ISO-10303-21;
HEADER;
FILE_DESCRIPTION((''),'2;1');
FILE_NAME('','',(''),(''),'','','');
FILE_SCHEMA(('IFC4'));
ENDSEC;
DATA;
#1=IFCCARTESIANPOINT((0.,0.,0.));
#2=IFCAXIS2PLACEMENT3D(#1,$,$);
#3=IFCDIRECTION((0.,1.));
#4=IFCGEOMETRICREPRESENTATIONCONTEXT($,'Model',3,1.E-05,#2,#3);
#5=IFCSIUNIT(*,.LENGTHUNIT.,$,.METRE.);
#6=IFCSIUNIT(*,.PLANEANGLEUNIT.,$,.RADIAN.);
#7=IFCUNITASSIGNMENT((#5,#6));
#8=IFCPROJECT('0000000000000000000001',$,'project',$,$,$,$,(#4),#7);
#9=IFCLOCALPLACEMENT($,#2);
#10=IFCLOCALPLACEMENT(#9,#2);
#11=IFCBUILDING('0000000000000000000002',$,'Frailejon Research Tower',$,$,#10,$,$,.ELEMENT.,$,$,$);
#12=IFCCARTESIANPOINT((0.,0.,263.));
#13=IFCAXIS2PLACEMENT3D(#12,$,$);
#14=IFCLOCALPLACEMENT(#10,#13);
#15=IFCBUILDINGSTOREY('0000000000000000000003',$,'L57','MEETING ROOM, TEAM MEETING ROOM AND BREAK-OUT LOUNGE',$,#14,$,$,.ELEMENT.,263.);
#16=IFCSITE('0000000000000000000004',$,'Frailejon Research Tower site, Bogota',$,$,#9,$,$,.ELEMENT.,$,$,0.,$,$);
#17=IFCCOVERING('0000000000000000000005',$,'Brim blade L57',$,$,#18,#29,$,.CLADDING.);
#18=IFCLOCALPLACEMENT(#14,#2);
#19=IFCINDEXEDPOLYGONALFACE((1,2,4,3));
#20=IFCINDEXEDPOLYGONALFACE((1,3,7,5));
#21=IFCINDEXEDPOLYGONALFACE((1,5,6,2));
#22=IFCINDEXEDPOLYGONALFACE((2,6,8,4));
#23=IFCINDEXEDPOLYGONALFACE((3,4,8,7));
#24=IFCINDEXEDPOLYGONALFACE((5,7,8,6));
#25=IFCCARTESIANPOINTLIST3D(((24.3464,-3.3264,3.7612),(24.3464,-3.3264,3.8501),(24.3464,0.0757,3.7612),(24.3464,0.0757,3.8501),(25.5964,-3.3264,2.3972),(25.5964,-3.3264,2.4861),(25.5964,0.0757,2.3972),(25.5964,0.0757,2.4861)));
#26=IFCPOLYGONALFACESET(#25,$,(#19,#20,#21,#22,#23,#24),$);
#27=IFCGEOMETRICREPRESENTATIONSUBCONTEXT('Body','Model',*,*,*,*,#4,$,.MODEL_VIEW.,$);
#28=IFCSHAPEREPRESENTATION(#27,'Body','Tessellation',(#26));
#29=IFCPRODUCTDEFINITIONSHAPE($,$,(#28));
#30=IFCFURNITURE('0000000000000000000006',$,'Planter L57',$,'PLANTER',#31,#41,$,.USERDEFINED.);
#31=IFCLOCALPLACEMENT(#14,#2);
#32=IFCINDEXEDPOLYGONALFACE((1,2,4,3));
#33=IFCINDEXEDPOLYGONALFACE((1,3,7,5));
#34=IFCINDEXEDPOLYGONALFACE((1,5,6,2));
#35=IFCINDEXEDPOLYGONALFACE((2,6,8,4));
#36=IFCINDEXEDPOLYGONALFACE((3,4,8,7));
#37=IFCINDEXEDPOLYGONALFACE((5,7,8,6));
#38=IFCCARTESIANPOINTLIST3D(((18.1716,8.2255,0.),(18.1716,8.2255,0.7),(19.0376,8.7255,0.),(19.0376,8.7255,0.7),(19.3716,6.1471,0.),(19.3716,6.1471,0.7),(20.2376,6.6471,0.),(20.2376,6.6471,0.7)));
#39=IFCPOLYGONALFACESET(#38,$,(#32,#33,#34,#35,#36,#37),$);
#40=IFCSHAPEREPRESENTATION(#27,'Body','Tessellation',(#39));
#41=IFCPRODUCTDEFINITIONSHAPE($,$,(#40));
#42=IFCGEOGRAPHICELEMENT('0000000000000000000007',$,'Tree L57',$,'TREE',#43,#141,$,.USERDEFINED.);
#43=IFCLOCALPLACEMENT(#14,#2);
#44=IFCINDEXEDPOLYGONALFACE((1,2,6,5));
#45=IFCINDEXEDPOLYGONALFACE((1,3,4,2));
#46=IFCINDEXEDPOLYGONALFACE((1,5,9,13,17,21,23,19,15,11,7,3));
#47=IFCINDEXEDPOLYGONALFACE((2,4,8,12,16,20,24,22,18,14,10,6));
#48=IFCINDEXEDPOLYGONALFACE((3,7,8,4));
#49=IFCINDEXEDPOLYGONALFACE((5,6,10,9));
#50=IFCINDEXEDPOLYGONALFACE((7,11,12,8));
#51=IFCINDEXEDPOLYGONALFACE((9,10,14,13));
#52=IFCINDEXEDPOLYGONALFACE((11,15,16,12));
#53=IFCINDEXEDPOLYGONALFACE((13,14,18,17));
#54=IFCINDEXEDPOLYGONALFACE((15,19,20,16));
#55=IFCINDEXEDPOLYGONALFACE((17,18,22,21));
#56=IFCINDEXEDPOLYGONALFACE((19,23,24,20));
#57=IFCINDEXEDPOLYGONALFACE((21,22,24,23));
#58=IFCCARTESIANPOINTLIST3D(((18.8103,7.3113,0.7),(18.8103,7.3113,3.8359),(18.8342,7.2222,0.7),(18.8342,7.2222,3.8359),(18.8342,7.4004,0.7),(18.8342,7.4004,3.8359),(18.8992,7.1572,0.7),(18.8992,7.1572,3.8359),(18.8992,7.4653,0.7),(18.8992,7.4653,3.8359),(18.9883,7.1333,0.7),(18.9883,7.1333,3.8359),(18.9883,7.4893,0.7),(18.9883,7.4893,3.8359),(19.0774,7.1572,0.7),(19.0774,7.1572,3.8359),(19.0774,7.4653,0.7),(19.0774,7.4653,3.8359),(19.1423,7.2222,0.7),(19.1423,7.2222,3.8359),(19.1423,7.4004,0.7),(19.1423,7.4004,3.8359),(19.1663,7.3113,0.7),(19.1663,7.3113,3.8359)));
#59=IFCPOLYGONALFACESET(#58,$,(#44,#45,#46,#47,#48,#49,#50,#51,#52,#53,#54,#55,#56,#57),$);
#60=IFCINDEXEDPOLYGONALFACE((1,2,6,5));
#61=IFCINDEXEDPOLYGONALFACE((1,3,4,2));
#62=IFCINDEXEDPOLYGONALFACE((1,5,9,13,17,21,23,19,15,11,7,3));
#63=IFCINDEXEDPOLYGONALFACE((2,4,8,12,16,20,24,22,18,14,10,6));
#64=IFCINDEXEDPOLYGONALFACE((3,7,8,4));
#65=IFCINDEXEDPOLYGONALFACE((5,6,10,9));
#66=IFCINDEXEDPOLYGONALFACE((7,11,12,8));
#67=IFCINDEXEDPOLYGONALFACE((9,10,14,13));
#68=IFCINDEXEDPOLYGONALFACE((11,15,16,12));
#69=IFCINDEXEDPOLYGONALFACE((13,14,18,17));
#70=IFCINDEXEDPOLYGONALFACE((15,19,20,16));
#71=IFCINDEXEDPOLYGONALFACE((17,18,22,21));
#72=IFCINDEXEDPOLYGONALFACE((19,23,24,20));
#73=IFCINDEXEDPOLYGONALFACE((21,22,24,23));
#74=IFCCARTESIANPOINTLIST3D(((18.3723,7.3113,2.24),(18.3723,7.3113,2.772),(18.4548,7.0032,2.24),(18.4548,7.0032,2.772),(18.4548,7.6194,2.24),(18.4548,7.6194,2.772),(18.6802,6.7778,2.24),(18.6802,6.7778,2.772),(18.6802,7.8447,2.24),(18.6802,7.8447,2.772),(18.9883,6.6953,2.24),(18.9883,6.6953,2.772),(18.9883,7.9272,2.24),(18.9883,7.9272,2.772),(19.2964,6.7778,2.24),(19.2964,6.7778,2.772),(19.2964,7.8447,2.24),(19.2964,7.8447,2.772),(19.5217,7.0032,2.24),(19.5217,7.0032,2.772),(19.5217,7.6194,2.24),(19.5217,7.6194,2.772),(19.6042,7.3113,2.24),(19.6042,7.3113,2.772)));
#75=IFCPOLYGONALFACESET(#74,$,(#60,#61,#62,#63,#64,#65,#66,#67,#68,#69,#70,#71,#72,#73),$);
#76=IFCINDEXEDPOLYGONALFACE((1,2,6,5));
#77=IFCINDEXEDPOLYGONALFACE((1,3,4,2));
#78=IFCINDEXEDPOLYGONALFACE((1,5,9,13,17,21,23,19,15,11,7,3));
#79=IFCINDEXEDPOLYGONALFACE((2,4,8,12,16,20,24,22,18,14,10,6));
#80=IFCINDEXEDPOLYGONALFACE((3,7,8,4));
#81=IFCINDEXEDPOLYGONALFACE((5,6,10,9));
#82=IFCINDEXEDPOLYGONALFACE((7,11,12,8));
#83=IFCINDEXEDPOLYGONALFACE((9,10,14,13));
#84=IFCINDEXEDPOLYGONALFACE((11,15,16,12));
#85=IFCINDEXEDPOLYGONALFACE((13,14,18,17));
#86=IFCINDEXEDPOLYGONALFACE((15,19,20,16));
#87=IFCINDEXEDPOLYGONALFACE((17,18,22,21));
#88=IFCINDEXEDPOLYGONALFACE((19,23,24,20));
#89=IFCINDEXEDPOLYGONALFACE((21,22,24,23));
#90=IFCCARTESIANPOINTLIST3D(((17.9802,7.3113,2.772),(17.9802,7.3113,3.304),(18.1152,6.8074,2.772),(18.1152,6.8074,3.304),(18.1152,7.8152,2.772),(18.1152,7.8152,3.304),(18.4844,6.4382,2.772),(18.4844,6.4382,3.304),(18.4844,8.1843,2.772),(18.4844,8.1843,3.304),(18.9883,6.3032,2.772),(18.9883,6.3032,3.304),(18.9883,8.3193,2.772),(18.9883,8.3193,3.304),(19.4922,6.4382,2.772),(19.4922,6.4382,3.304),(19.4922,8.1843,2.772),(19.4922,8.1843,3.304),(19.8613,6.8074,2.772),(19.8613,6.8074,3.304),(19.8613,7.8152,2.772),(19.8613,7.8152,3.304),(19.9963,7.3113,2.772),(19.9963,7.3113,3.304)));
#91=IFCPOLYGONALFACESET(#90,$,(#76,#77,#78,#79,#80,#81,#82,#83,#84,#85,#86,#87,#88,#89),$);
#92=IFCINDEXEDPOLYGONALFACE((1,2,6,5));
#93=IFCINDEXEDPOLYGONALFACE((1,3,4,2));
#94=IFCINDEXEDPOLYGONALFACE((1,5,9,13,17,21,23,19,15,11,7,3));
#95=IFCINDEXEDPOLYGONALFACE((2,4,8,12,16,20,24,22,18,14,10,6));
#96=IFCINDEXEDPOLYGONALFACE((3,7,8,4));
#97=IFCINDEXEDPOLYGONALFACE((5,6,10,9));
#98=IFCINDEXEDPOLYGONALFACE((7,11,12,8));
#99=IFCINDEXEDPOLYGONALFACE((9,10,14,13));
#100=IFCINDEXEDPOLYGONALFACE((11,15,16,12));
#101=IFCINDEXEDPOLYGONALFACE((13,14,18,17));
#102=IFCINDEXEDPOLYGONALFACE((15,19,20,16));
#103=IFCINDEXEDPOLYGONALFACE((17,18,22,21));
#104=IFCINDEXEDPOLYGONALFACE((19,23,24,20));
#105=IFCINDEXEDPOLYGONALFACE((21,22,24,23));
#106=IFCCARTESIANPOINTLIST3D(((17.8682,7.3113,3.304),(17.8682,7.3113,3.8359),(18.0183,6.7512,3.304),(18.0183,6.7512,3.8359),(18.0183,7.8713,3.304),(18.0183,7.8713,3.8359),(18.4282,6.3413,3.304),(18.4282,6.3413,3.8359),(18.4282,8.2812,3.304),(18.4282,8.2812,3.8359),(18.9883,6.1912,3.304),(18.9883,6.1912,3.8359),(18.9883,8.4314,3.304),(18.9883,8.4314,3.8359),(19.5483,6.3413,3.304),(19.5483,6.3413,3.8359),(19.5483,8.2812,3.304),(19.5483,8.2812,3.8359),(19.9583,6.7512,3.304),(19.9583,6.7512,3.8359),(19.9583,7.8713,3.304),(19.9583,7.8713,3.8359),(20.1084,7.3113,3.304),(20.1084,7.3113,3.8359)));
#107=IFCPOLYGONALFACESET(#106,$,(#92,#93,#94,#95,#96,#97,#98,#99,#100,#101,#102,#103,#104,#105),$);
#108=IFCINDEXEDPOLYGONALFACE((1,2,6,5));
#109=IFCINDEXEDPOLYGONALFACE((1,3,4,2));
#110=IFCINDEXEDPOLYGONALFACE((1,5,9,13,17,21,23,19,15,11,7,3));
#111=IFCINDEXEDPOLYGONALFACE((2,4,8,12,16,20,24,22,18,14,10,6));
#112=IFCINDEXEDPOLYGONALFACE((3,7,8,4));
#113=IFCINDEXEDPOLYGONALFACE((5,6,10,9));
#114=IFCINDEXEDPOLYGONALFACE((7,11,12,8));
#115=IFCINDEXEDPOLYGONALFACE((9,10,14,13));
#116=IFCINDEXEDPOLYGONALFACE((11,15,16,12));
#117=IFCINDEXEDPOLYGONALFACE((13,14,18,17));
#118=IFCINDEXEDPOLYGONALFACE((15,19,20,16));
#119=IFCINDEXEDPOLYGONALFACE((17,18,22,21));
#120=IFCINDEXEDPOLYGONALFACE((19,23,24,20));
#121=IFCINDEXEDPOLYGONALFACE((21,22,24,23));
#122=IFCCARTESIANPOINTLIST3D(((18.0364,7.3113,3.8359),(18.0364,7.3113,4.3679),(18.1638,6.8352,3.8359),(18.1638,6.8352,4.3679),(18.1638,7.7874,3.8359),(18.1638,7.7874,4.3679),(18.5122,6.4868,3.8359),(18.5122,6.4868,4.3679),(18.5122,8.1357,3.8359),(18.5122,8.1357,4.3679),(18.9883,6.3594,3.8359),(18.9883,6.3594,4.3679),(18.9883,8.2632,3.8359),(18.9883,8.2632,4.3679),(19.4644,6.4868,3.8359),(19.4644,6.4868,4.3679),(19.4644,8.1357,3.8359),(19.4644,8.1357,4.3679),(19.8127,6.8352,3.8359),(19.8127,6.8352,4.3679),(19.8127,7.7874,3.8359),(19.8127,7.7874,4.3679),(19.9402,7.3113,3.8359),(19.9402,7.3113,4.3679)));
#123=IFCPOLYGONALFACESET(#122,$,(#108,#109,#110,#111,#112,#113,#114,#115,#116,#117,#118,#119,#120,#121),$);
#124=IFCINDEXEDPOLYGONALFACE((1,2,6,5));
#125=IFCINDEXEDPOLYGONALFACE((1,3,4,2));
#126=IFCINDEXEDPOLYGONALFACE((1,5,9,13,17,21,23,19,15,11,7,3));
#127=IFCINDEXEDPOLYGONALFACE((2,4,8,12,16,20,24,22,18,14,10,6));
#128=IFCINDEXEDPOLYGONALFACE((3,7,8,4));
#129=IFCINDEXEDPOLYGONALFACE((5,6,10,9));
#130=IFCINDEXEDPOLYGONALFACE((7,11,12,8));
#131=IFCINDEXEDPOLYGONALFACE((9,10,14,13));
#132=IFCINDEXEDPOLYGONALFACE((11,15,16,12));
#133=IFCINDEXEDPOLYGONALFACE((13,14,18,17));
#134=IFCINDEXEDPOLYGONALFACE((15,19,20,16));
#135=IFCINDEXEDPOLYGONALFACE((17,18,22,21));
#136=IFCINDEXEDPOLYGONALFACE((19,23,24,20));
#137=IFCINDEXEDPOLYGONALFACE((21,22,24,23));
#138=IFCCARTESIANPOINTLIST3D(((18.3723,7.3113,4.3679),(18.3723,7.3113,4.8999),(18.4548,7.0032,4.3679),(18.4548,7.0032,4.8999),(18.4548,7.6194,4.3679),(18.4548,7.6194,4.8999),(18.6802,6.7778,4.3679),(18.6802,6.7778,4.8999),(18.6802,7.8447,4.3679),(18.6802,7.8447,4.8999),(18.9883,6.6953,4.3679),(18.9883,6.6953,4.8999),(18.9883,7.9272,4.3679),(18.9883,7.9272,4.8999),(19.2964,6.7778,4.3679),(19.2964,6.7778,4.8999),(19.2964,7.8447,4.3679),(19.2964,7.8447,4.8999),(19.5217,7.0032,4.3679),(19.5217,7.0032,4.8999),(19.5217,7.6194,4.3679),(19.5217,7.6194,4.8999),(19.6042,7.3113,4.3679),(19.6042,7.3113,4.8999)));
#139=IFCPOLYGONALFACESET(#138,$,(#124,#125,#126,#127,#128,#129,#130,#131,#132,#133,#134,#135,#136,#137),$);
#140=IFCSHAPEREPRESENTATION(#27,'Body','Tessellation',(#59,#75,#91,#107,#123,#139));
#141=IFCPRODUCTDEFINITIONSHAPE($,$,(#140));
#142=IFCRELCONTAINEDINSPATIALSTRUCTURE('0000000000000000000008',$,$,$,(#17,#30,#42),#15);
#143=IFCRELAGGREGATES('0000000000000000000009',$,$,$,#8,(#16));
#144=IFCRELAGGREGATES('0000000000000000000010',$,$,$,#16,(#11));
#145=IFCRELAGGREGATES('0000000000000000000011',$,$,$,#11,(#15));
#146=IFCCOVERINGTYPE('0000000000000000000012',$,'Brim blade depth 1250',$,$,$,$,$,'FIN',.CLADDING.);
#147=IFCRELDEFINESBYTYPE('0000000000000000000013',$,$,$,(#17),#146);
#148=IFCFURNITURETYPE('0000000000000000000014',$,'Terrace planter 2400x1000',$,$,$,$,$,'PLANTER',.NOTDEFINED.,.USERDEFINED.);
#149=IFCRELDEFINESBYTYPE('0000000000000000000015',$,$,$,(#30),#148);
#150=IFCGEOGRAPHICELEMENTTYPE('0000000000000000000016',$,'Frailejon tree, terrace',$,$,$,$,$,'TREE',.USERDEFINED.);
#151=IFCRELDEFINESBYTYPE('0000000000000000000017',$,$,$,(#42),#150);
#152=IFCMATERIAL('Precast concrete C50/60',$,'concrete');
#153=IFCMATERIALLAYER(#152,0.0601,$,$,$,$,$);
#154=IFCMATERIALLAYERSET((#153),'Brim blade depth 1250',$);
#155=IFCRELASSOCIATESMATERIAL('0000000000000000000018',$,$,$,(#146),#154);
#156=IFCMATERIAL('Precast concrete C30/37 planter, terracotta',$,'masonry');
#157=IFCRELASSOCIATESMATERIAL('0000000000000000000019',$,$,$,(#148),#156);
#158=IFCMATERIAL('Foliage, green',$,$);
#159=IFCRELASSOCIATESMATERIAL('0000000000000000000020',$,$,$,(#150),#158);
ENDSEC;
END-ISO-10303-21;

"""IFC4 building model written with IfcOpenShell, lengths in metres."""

from ifc_helpers import new_model, si_unit, direction, frame, origin, origin_2d, place, context, subcontext, project, spatial, polyline, rectangle, outline, extrude, material, layer, layer_set, type_object, element, save


model = new_model("IFC4")

# Units and contexts
model_context = context("Model", 3, precision=1e-05, world=origin(), true_north=direction((0.0, 1.0)))
body_context = subcontext(model_context, "Body", "Model", "MODEL_VIEW")
ifc_project = project(units=[si_unit("LENGTHUNIT", "METRE"), si_unit("PLANEANGLEUNIT", "RADIAN")], contexts=[model_context])

# Site, building, storey
site_placement = place(None, origin())
site = spatial("IfcSite", under=ifc_project, at=site_placement, Name="Frailejon Research Tower site, Bogota", CompositionType="ELEMENT", RefElevation=0.0)
building_placement = place(site_placement, origin())
building = spatial("IfcBuilding", under=site, at=building_placement, Name="Frailejon Research Tower", CompositionType="ELEMENT")
storey_placement = place(building_placement, frame((0.0, 0.0, 263.0)))
storey = spatial("IfcBuildingStorey", under=building, at=storey_placement, Name="L57", Description="MEETING ROOM, TEAM MEETING ROOM AND BREAK-OUT LOUNGE", CompositionType="ELEMENT", Elevation=263.0)

# Covering
ifc_material_1 = material(Name="Precast concrete C50/60", Category="concrete")
ifc_layer_1 = layer(ifc_material_1, 0.0601)
ifc_layer_set_1 = layer_set([ifc_layer_1], Name="Brim blade depth 1250")
covering_type_1 = type_object("IfcCoveringType", Name="Brim blade depth 1250", ElementType="FIN", PredefinedType="CLADDING", material=ifc_layer_set_1)
covering_1_placement = place(storey_placement, frame((24.3464, 0.0757, 3.8501), z_axis=(0.0, -1.0, 0.0), x_axis=(1.0, 0.0, 0.0)))
element("IfcCovering", 1, at=covering_1_placement, inside=storey, type_object=covering_type_1, Name="Brim blade L57", PredefinedType="CLADDING", context=body_context, shape_type="SweptSolid", body=[
    extrude(outline(polyline([(0.0, -0.0889), (1.25, -1.4529), (1.25, -1.364), (0.0, 0.0), (0.0, -0.0889)])), origin(), (0.0, 0.0, 1.0), 3.4021),
])

# Furniture
ifc_material_2 = material(Name="Precast concrete C30/37 planter, terracotta", Category="masonry")
furniture_type = type_object("IfcFurnitureType", Name="Terrace planter 2400x1000", ElementType="PLANTER", AssemblyPlace="NOTDEFINED", PredefinedType="USERDEFINED", material=ifc_material_2)
furniture_placement = place(storey_placement, frame((19.2046, 7.4363, 0.0), z_axis=(0.0, 0.0, 1.0), x_axis=(-0.5, 0.866025, 0.0)))
element("IfcFurniture", 2, at=furniture_placement, inside=storey, type_object=furniture_type, Name="Planter L57", ObjectType="PLANTER", PredefinedType="USERDEFINED", context=body_context, shape_type="SweptSolid", body=[
    extrude(rectangle(XDim=2.3999, YDim=1.0, at=origin_2d()), origin(), (0.0, 0.0, 1.0), 0.7),
])

# Geographic element
ifc_material_3 = material(Name="Foliage, green")
geographic_element_type = type_object("IfcGeographicElementType", Name="Frailejon tree, terrace", ElementType="TREE", PredefinedType="USERDEFINED", material=ifc_material_3)
geographic_element_placement = place(storey_placement, frame((18.9883, 7.3113, 0.7)))
element("IfcGeographicElement", 3, at=geographic_element_placement, inside=storey, type_object=geographic_element_type, Name="Tree L57", ObjectType="TREE", PredefinedType="USERDEFINED", context=body_context, shape_type="SweptSolid", body=[
    extrude(outline(polyline([(0.178, 0.0), (0.1541, 0.0891), (0.0891, 0.1541), (0.0, 0.178), (-0.0891, 0.1541), (-0.1541, 0.0891), (-0.178, 0.0), (-0.1541, -0.0891), (-0.0891, -0.1541), (0.0, -0.178), (0.0891, -0.1541), (0.1541, -0.0891), (0.178, 0.0)])), origin(), (0.0, 0.0, 1.0), 3.136),
    extrude(outline(polyline([(0.616, 0.0), (0.5334, 0.3081), (0.3081, 0.5334), (0.0, 0.616), (-0.3081, 0.5334), (-0.5334, 0.3081), (-0.616, 0.0), (-0.5334, -0.3081), (-0.3081, -0.5334), (0.0, -0.616), (0.3081, -0.5334), (0.5334, -0.3081), (0.616, 0.0)])), frame((0.0, 0.0, 1.54)), (0.0, 0.0, 1.0), 0.532),
    extrude(outline(polyline([(1.0081, 0.0), (0.873, 0.5039), (0.5039, 0.873), (0.0, 1.0081), (-0.5039, 0.873), (-0.873, 0.5039), (-1.0081, 0.0), (-0.873, -0.5039), (-0.5039, -0.873), (0.0, -1.0081), (0.5039, -0.873), (0.873, -0.5039), (1.0081, 0.0)])), frame((0.0, 0.0, 2.072)), (0.0, 0.0, 1.0), 0.532),
    extrude(outline(polyline([(1.1201, 0.0), (0.97, 0.5601), (0.5601, 0.97), (0.0, 1.1201), (-0.5601, 0.97), (-0.97, 0.5601), (-1.1201, 0.0), (-0.97, -0.5601), (-0.5601, -0.97), (0.0, -1.1201), (0.5601, -0.97), (0.97, -0.5601), (1.1201, 0.0)])), frame((0.0, 0.0, 2.604)), (0.0, 0.0, 1.0), 0.532),
    extrude(outline(polyline([(0.9519, 0.0), (0.8245, 0.4761), (0.4761, 0.8245), (0.0, 0.9519), (-0.4761, 0.8245), (-0.8245, 0.4761), (-0.9519, 0.0), (-0.8245, -0.4761), (-0.4761, -0.8245), (0.0, -0.9519), (0.4761, -0.8245), (0.8245, -0.4761), (0.9519, 0.0)])), frame((0.0, 0.0, 3.136)), (0.0, 0.0, 1.0), 0.532),
    extrude(outline(polyline([(0.616, 0.0), (0.5334, 0.3081), (0.3081, 0.5334), (0.0, 0.616), (-0.3081, 0.5334), (-0.5334, 0.3081), (-0.616, 0.0), (-0.5334, -0.3081), (-0.3081, -0.5334), (0.0, -0.616), (0.3081, -0.5334), (0.5334, -0.3081), (0.616, 0.0)])), frame((0.0, 0.0, 3.668)), (0.0, 0.0, 1.0), 0.532),
])

save(model, "model.ifc")
